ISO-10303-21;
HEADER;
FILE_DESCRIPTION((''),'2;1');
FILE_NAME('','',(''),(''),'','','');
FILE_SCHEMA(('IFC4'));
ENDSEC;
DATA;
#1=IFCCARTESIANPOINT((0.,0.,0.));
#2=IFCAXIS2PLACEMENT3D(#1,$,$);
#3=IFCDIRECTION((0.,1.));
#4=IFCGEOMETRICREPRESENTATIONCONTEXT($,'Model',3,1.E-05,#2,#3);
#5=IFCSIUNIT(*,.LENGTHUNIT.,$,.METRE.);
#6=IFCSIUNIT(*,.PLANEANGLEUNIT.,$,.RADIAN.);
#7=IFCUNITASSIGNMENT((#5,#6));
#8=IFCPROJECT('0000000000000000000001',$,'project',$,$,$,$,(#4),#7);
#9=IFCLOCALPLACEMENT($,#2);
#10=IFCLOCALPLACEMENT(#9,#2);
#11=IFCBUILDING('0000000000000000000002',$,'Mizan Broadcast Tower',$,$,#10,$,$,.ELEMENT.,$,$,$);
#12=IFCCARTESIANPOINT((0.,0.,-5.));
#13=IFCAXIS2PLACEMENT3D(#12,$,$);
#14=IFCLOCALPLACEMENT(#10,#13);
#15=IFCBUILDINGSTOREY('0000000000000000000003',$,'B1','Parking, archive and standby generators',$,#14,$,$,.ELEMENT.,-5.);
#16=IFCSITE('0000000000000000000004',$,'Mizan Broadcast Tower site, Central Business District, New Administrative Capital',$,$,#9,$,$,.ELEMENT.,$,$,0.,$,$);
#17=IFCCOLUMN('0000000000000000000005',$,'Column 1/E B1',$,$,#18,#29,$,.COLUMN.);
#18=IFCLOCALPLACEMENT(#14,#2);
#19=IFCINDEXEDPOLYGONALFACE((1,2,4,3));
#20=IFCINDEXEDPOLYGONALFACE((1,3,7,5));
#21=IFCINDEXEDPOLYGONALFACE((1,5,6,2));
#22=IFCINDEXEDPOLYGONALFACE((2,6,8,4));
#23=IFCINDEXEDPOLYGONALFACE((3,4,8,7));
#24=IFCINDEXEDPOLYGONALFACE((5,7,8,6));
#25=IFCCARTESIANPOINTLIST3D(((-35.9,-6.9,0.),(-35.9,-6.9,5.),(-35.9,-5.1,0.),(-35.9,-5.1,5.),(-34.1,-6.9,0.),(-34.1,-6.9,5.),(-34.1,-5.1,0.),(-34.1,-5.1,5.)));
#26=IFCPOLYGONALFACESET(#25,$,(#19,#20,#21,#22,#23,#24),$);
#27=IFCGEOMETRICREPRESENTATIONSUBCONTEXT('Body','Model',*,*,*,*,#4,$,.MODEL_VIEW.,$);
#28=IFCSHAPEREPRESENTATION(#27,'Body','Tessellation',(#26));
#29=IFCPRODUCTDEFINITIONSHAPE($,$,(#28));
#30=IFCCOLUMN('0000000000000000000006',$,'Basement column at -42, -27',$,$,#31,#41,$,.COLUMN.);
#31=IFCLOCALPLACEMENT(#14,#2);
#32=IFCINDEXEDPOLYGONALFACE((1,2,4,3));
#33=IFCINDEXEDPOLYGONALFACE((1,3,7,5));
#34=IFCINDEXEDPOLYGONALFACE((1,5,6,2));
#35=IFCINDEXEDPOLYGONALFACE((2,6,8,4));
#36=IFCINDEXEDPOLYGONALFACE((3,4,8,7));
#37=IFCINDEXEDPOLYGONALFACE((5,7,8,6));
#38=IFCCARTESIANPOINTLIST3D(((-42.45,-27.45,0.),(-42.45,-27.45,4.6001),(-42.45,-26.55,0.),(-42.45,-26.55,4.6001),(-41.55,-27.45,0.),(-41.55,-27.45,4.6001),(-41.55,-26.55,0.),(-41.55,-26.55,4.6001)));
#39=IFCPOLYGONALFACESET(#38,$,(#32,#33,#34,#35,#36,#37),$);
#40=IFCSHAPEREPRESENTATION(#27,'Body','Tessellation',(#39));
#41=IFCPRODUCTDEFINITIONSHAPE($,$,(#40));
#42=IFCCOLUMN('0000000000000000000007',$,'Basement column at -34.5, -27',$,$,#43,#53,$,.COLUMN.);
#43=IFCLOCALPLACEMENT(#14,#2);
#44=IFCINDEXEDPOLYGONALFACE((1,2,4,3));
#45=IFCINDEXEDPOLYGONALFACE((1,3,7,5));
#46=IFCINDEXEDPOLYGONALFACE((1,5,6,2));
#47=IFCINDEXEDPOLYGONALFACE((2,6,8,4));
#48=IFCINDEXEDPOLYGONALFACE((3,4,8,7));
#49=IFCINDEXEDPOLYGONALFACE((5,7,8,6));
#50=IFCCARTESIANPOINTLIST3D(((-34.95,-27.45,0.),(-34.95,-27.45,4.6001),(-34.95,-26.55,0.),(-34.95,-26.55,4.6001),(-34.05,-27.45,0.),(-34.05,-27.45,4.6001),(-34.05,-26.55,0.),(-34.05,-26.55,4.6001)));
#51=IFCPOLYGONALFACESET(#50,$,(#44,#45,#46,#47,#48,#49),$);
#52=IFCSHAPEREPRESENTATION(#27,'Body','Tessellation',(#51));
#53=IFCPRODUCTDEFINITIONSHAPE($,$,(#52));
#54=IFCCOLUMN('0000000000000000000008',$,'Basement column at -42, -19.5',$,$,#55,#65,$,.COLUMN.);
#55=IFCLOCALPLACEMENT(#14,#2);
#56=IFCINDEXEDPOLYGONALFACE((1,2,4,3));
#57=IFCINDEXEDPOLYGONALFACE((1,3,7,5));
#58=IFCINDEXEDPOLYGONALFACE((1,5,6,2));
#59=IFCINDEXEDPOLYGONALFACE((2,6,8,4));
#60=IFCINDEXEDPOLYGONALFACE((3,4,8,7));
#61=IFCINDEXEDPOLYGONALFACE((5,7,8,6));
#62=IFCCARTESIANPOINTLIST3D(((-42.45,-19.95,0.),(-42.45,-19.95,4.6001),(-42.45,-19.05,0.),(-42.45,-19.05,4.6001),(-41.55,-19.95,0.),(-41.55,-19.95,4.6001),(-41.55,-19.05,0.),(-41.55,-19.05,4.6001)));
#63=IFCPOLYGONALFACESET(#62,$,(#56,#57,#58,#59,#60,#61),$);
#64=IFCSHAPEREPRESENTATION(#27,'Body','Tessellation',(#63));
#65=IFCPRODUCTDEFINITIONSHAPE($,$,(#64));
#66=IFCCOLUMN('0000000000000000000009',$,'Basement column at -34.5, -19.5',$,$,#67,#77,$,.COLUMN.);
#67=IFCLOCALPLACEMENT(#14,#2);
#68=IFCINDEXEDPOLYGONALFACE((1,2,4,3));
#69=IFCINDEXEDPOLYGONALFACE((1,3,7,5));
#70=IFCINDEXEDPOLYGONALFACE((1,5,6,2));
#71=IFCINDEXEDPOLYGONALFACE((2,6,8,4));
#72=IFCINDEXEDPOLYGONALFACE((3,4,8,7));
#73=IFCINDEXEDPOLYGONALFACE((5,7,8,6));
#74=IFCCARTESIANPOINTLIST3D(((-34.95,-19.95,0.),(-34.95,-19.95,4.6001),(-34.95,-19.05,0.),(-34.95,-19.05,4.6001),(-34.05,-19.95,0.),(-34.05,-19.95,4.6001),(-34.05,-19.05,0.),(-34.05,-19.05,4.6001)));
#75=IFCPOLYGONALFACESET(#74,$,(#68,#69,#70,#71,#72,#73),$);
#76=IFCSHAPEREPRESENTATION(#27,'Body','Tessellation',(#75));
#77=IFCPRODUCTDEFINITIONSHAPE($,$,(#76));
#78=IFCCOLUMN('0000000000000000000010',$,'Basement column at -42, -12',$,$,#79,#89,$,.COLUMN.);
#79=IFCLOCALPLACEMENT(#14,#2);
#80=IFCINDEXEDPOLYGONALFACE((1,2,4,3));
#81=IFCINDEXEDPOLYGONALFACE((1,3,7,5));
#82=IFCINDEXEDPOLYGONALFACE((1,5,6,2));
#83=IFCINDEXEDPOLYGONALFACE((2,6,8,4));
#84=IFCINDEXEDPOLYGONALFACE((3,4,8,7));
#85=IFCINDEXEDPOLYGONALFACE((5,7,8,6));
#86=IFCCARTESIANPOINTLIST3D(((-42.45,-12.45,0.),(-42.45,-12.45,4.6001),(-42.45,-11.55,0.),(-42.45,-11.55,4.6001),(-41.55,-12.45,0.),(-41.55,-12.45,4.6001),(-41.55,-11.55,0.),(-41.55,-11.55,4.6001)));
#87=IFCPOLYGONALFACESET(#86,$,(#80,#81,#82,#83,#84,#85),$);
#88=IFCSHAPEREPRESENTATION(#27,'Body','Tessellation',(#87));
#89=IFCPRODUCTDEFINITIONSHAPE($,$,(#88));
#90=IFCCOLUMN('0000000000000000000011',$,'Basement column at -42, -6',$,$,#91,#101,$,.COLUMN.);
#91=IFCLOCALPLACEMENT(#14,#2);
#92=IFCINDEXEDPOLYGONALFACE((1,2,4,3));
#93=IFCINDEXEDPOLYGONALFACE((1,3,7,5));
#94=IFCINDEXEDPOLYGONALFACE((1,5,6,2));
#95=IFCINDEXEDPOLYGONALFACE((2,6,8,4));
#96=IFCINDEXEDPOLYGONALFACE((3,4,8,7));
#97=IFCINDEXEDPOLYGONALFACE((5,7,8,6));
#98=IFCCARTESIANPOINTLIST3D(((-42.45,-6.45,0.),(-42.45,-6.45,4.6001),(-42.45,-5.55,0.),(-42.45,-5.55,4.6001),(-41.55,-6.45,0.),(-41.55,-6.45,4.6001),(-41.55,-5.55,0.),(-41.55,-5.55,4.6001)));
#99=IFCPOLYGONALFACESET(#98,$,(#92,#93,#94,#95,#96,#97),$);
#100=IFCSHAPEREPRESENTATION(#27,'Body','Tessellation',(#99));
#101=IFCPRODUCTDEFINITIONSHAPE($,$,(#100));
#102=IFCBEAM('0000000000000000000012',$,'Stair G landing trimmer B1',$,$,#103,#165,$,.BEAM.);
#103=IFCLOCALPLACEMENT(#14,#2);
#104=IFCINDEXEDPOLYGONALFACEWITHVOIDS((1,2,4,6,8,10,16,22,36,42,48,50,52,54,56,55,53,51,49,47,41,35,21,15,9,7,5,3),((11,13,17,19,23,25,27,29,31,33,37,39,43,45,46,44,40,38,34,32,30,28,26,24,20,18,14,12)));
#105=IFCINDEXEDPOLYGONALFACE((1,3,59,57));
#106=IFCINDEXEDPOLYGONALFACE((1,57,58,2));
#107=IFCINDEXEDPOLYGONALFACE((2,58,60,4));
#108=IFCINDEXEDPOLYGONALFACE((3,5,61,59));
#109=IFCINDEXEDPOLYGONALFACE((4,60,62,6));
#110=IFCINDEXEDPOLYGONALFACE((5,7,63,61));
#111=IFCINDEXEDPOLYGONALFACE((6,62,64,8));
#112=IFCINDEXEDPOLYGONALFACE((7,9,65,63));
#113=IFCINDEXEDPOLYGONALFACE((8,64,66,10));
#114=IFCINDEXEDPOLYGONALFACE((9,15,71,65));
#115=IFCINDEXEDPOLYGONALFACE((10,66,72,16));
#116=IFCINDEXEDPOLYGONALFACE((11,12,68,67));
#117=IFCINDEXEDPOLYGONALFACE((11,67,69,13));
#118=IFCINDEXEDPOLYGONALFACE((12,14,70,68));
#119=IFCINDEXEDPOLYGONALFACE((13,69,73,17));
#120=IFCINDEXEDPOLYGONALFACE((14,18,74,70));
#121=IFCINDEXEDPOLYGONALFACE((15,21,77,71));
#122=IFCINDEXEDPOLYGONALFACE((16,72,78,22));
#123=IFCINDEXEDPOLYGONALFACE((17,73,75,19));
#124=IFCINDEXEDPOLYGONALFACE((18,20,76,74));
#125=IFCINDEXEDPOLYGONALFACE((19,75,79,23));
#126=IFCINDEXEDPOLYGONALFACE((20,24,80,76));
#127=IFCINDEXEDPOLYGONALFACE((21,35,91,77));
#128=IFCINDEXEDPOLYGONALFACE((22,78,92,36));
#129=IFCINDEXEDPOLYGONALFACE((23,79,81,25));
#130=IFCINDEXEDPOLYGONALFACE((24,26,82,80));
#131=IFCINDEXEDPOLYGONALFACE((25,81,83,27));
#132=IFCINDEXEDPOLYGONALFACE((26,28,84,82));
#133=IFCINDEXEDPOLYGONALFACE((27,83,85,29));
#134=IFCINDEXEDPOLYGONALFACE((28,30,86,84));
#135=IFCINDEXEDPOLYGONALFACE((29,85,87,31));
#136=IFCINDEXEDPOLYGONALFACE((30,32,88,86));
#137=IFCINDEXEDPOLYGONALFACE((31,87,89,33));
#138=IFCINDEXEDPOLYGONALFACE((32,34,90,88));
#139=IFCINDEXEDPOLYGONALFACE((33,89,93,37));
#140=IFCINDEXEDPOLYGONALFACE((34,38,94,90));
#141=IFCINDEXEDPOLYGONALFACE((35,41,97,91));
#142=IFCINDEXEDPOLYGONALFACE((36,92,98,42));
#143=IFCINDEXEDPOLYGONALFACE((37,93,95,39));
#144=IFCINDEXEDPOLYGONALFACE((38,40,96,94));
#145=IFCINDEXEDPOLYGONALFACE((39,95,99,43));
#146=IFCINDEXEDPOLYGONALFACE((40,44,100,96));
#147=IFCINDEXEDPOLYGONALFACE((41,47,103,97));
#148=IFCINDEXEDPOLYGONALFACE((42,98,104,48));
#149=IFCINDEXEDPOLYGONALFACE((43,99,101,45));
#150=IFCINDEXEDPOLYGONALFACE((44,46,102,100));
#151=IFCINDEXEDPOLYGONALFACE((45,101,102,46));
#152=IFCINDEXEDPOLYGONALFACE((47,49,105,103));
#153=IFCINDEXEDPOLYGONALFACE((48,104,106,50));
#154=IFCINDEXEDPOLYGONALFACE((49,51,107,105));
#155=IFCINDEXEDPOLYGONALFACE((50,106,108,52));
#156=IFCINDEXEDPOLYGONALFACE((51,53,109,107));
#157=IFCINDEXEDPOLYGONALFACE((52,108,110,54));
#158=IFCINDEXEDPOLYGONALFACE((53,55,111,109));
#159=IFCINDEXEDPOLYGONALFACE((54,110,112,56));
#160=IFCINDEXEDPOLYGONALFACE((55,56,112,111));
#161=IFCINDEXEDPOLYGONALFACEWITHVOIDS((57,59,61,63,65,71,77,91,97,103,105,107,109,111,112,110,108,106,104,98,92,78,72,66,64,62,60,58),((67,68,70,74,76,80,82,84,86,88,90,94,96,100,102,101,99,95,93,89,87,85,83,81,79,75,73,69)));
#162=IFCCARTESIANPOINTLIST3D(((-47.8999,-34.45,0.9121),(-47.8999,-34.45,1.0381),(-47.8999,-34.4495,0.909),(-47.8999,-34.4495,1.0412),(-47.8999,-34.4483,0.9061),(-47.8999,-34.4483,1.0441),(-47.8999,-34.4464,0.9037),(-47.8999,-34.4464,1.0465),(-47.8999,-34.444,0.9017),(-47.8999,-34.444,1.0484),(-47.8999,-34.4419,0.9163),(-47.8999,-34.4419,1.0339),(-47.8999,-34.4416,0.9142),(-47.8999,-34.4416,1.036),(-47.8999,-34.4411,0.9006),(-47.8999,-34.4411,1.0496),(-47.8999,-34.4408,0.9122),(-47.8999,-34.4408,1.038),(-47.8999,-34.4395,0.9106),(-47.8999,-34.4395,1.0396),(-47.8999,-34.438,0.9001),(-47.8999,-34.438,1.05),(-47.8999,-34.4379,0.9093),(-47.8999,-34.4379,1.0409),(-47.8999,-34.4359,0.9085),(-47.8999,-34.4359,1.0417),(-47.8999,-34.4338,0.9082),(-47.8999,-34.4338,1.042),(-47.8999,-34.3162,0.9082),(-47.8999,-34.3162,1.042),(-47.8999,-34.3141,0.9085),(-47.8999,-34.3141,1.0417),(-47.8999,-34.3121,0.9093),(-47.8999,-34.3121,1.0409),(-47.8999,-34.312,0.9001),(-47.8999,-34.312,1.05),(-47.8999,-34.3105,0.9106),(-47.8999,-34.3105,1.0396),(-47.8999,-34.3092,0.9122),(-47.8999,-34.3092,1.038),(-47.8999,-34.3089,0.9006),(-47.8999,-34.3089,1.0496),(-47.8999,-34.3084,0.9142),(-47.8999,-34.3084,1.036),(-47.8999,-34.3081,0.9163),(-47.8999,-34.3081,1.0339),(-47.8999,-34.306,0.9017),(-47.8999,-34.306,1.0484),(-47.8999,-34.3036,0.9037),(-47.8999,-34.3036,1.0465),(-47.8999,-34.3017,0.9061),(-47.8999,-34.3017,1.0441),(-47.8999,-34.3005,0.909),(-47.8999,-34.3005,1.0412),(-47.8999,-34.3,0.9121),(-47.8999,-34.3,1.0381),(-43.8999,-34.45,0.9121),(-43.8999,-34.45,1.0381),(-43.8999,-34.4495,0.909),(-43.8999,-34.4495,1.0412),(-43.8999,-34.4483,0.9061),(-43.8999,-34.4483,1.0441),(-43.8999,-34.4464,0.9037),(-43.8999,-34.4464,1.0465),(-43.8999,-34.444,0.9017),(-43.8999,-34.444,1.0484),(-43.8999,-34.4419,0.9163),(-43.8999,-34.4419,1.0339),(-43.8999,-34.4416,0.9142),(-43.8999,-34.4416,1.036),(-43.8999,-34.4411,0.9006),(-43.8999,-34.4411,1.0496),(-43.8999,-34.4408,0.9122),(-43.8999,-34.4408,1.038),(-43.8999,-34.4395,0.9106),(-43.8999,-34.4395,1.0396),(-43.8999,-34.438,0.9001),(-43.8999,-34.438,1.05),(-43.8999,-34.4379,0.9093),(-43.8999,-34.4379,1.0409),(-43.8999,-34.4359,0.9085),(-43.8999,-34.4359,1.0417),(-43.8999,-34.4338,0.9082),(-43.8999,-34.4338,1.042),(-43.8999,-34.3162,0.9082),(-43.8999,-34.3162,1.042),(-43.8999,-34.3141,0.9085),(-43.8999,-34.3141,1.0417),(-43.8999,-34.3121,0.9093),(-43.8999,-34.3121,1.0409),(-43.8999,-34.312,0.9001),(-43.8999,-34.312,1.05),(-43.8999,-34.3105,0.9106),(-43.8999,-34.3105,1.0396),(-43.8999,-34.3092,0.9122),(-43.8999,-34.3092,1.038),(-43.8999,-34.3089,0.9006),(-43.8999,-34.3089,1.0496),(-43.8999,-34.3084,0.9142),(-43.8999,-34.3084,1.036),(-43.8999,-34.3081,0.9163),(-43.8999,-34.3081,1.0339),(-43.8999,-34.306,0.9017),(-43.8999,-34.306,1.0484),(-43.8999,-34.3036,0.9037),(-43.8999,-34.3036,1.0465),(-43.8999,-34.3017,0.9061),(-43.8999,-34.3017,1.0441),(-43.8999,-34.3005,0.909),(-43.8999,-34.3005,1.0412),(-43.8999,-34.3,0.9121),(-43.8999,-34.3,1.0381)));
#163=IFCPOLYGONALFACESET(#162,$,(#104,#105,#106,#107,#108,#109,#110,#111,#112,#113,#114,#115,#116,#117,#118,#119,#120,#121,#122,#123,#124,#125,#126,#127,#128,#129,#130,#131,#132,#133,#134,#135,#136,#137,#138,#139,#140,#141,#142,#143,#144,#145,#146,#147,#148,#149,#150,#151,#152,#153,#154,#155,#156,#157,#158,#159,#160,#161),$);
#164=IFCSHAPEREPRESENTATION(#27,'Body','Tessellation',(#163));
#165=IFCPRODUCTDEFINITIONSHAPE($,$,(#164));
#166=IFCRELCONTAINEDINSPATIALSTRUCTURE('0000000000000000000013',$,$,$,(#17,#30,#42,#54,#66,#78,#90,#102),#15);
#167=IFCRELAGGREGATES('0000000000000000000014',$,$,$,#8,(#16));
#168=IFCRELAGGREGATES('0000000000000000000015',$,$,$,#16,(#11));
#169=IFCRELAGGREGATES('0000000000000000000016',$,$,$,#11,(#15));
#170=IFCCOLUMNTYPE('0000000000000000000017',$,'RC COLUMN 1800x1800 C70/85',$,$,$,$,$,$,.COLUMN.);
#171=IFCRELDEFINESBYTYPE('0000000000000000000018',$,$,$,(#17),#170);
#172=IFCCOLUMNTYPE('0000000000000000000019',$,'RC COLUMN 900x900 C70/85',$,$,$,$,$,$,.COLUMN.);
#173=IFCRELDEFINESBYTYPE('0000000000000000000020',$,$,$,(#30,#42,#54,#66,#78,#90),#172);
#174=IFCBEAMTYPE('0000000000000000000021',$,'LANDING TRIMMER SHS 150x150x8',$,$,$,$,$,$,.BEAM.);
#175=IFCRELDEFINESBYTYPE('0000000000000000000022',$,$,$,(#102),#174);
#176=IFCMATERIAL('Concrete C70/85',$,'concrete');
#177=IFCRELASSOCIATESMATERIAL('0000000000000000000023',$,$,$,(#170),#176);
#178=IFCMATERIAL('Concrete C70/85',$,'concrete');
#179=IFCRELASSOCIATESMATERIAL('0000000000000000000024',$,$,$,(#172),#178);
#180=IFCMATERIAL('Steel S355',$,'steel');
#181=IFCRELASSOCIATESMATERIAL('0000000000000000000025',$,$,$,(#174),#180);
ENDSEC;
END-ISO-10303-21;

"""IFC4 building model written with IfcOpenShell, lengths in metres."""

from ifc_helpers import new_model, si_unit, direction, frame, origin, origin_2d, place, context, subcontext, project, spatial, rectangle, hollow_rectangle, extrude, material, material_profile, profile_set, type_object, element, save


model = new_model("IFC4")

# Units and contexts
model_context = context("Model", 3, precision=1e-05, world=origin(), true_north=direction((0.0, 1.0)))
body_context = subcontext(model_context, "Body", "Model", "MODEL_VIEW")
ifc_project = project(units=[si_unit("LENGTHUNIT", "METRE"), si_unit("PLANEANGLEUNIT", "RADIAN")], contexts=[model_context])

# Site, building, storey
site_placement = place(None, origin())
site = spatial("IfcSite", under=ifc_project, at=site_placement, Name="Mizan Broadcast Tower site, Central Business District, New Administrative Capital", CompositionType="ELEMENT", RefElevation=0.0)
building_placement = place(site_placement, origin())
building = spatial("IfcBuilding", under=site, at=building_placement, Name="Mizan Broadcast Tower", CompositionType="ELEMENT")
storey_placement = place(building_placement, frame((0.0, 0.0, -5.0)))
storey = spatial("IfcBuildingStorey", under=building, at=storey_placement, Name="B1", Description="Parking, archive and standby generators", CompositionType="ELEMENT", Elevation=-5.0)

# Columns
ifc_material_1 = material(Name="Concrete C70/85", Category="concrete")
ifc_material_profile_1 = material_profile(ifc_material_1, rectangle(XDim=1.8, YDim=1.8, at=origin_2d()), Name="RC 1800x1800")
ifc_profile_set_1 = profile_set([ifc_material_profile_1], Name="Concrete C70/85")
column_type_1 = type_object("IfcColumnType", Name="RC COLUMN 1800x1800 C70/85", PredefinedType="COLUMN", material=ifc_profile_set_1)
column_placement = place(storey_placement, frame((-35.0, -6.0, 0.0), z_axis=(0.0, 0.0, 1.0), x_axis=(1.0, 0.0, 0.0)))
element("IfcColumn", 1, at=column_placement, inside=storey, type_object=column_type_1, Name="Column 1/E B1", PredefinedType="COLUMN", context=body_context, shape_type="SweptSolid", body=[
    extrude(rectangle(XDim=1.8, YDim=1.8, at=origin_2d()), origin(), (0.0, 0.0, 1.0), 5.0),
])
ifc_material_2 = material(Name="Concrete C70/85", Category="concrete")
ifc_material_profile_2 = material_profile(ifc_material_2, rectangle(XDim=0.8999, YDim=0.8999, at=origin_2d()), Name="RC 900x900")
ifc_profile_set_2 = profile_set([ifc_material_profile_2], Name="Concrete C70/85")
column_type_2 = type_object("IfcColumnType", Name="RC COLUMN 900x900 C70/85", PredefinedType="COLUMN", material=ifc_profile_set_2)
for number, where, z_axis, x_axis, name in (
    (2, (-42.0, -27.0, 0.0), (0.0, 0.0, 1.0), (1.0, 0.0, 0.0), "Basement column at -42, -27"),
    (3, (-34.5, -27.0, 0.0), (0.0, 0.0, 1.0), (1.0, 0.0, 0.0), "Basement column at -34.5, -27"),
    (4, (-42.0, -19.5, 0.0), (0.0, 0.0, 1.0), (1.0, 0.0, 0.0), "Basement column at -42, -19.5"),
    (5, (-34.5, -19.5, 0.0), (0.0, 0.0, 1.0), (1.0, 0.0, 0.0), "Basement column at -34.5, -19.5"),
    (6, (-42.0, -12.0, 0.0), (0.0, 0.0, 1.0), (1.0, 0.0, 0.0), "Basement column at -42, -12"),
    (7, (-42.0, -6.0, 0.0), (0.0, 0.0, 1.0), (1.0, 0.0, 0.0), "Basement column at -42, -6"),
):
    element("IfcColumn", number, at=place(storey_placement, frame(where, z_axis=z_axis, x_axis=x_axis)), inside=storey, type_object=column_type_2, Name=name, PredefinedType="COLUMN", context=body_context, shape_type="SweptSolid", body=[
        extrude(rectangle(XDim=0.8999, YDim=0.8999, at=origin_2d()), origin(), (0.0, 0.0, 1.0), 4.6001),
    ])

# Beam
ifc_material_3 = material(Name="Steel S355", Category="steel")
ifc_material_profile_3 = material_profile(ifc_material_3, hollow_rectangle(XDim=0.1499, YDim=0.1499, WallThickness=0.0081, InnerFilletRadius=0.0081, OuterFilletRadius=0.012, at=origin_2d()), Name="SHS 150x150x8")
ifc_profile_set_3 = profile_set([ifc_material_profile_3], Name="Steel S355")
beam_type_1 = type_object("IfcBeamType", Name="LANDING TRIMMER SHS 150x150x8", PredefinedType="BEAM", material=ifc_profile_set_3)
for number, where, z_axis, x_axis, name in (
    (8, (-43.8999, -34.375, 0.9751), (-1.0, 0.0, 0.0), (0.0, -1.0, 0.0), "Stair G landing trimmer B1"),
):
    element("IfcBeam", number, at=place(storey_placement, frame(where, z_axis=z_axis, x_axis=x_axis)), inside=storey, type_object=beam_type_1, Name=name, PredefinedType="BEAM", context=body_context, shape_type="SweptSolid", body=[
        extrude(hollow_rectangle(XDim=0.1499, YDim=0.1499, WallThickness=0.0081, InnerFilletRadius=0.0081, OuterFilletRadius=0.012, at=origin_2d()), origin(), (0.0, 0.0, 1.0), 4.0),
    ])

save(model, "model.ifc")
